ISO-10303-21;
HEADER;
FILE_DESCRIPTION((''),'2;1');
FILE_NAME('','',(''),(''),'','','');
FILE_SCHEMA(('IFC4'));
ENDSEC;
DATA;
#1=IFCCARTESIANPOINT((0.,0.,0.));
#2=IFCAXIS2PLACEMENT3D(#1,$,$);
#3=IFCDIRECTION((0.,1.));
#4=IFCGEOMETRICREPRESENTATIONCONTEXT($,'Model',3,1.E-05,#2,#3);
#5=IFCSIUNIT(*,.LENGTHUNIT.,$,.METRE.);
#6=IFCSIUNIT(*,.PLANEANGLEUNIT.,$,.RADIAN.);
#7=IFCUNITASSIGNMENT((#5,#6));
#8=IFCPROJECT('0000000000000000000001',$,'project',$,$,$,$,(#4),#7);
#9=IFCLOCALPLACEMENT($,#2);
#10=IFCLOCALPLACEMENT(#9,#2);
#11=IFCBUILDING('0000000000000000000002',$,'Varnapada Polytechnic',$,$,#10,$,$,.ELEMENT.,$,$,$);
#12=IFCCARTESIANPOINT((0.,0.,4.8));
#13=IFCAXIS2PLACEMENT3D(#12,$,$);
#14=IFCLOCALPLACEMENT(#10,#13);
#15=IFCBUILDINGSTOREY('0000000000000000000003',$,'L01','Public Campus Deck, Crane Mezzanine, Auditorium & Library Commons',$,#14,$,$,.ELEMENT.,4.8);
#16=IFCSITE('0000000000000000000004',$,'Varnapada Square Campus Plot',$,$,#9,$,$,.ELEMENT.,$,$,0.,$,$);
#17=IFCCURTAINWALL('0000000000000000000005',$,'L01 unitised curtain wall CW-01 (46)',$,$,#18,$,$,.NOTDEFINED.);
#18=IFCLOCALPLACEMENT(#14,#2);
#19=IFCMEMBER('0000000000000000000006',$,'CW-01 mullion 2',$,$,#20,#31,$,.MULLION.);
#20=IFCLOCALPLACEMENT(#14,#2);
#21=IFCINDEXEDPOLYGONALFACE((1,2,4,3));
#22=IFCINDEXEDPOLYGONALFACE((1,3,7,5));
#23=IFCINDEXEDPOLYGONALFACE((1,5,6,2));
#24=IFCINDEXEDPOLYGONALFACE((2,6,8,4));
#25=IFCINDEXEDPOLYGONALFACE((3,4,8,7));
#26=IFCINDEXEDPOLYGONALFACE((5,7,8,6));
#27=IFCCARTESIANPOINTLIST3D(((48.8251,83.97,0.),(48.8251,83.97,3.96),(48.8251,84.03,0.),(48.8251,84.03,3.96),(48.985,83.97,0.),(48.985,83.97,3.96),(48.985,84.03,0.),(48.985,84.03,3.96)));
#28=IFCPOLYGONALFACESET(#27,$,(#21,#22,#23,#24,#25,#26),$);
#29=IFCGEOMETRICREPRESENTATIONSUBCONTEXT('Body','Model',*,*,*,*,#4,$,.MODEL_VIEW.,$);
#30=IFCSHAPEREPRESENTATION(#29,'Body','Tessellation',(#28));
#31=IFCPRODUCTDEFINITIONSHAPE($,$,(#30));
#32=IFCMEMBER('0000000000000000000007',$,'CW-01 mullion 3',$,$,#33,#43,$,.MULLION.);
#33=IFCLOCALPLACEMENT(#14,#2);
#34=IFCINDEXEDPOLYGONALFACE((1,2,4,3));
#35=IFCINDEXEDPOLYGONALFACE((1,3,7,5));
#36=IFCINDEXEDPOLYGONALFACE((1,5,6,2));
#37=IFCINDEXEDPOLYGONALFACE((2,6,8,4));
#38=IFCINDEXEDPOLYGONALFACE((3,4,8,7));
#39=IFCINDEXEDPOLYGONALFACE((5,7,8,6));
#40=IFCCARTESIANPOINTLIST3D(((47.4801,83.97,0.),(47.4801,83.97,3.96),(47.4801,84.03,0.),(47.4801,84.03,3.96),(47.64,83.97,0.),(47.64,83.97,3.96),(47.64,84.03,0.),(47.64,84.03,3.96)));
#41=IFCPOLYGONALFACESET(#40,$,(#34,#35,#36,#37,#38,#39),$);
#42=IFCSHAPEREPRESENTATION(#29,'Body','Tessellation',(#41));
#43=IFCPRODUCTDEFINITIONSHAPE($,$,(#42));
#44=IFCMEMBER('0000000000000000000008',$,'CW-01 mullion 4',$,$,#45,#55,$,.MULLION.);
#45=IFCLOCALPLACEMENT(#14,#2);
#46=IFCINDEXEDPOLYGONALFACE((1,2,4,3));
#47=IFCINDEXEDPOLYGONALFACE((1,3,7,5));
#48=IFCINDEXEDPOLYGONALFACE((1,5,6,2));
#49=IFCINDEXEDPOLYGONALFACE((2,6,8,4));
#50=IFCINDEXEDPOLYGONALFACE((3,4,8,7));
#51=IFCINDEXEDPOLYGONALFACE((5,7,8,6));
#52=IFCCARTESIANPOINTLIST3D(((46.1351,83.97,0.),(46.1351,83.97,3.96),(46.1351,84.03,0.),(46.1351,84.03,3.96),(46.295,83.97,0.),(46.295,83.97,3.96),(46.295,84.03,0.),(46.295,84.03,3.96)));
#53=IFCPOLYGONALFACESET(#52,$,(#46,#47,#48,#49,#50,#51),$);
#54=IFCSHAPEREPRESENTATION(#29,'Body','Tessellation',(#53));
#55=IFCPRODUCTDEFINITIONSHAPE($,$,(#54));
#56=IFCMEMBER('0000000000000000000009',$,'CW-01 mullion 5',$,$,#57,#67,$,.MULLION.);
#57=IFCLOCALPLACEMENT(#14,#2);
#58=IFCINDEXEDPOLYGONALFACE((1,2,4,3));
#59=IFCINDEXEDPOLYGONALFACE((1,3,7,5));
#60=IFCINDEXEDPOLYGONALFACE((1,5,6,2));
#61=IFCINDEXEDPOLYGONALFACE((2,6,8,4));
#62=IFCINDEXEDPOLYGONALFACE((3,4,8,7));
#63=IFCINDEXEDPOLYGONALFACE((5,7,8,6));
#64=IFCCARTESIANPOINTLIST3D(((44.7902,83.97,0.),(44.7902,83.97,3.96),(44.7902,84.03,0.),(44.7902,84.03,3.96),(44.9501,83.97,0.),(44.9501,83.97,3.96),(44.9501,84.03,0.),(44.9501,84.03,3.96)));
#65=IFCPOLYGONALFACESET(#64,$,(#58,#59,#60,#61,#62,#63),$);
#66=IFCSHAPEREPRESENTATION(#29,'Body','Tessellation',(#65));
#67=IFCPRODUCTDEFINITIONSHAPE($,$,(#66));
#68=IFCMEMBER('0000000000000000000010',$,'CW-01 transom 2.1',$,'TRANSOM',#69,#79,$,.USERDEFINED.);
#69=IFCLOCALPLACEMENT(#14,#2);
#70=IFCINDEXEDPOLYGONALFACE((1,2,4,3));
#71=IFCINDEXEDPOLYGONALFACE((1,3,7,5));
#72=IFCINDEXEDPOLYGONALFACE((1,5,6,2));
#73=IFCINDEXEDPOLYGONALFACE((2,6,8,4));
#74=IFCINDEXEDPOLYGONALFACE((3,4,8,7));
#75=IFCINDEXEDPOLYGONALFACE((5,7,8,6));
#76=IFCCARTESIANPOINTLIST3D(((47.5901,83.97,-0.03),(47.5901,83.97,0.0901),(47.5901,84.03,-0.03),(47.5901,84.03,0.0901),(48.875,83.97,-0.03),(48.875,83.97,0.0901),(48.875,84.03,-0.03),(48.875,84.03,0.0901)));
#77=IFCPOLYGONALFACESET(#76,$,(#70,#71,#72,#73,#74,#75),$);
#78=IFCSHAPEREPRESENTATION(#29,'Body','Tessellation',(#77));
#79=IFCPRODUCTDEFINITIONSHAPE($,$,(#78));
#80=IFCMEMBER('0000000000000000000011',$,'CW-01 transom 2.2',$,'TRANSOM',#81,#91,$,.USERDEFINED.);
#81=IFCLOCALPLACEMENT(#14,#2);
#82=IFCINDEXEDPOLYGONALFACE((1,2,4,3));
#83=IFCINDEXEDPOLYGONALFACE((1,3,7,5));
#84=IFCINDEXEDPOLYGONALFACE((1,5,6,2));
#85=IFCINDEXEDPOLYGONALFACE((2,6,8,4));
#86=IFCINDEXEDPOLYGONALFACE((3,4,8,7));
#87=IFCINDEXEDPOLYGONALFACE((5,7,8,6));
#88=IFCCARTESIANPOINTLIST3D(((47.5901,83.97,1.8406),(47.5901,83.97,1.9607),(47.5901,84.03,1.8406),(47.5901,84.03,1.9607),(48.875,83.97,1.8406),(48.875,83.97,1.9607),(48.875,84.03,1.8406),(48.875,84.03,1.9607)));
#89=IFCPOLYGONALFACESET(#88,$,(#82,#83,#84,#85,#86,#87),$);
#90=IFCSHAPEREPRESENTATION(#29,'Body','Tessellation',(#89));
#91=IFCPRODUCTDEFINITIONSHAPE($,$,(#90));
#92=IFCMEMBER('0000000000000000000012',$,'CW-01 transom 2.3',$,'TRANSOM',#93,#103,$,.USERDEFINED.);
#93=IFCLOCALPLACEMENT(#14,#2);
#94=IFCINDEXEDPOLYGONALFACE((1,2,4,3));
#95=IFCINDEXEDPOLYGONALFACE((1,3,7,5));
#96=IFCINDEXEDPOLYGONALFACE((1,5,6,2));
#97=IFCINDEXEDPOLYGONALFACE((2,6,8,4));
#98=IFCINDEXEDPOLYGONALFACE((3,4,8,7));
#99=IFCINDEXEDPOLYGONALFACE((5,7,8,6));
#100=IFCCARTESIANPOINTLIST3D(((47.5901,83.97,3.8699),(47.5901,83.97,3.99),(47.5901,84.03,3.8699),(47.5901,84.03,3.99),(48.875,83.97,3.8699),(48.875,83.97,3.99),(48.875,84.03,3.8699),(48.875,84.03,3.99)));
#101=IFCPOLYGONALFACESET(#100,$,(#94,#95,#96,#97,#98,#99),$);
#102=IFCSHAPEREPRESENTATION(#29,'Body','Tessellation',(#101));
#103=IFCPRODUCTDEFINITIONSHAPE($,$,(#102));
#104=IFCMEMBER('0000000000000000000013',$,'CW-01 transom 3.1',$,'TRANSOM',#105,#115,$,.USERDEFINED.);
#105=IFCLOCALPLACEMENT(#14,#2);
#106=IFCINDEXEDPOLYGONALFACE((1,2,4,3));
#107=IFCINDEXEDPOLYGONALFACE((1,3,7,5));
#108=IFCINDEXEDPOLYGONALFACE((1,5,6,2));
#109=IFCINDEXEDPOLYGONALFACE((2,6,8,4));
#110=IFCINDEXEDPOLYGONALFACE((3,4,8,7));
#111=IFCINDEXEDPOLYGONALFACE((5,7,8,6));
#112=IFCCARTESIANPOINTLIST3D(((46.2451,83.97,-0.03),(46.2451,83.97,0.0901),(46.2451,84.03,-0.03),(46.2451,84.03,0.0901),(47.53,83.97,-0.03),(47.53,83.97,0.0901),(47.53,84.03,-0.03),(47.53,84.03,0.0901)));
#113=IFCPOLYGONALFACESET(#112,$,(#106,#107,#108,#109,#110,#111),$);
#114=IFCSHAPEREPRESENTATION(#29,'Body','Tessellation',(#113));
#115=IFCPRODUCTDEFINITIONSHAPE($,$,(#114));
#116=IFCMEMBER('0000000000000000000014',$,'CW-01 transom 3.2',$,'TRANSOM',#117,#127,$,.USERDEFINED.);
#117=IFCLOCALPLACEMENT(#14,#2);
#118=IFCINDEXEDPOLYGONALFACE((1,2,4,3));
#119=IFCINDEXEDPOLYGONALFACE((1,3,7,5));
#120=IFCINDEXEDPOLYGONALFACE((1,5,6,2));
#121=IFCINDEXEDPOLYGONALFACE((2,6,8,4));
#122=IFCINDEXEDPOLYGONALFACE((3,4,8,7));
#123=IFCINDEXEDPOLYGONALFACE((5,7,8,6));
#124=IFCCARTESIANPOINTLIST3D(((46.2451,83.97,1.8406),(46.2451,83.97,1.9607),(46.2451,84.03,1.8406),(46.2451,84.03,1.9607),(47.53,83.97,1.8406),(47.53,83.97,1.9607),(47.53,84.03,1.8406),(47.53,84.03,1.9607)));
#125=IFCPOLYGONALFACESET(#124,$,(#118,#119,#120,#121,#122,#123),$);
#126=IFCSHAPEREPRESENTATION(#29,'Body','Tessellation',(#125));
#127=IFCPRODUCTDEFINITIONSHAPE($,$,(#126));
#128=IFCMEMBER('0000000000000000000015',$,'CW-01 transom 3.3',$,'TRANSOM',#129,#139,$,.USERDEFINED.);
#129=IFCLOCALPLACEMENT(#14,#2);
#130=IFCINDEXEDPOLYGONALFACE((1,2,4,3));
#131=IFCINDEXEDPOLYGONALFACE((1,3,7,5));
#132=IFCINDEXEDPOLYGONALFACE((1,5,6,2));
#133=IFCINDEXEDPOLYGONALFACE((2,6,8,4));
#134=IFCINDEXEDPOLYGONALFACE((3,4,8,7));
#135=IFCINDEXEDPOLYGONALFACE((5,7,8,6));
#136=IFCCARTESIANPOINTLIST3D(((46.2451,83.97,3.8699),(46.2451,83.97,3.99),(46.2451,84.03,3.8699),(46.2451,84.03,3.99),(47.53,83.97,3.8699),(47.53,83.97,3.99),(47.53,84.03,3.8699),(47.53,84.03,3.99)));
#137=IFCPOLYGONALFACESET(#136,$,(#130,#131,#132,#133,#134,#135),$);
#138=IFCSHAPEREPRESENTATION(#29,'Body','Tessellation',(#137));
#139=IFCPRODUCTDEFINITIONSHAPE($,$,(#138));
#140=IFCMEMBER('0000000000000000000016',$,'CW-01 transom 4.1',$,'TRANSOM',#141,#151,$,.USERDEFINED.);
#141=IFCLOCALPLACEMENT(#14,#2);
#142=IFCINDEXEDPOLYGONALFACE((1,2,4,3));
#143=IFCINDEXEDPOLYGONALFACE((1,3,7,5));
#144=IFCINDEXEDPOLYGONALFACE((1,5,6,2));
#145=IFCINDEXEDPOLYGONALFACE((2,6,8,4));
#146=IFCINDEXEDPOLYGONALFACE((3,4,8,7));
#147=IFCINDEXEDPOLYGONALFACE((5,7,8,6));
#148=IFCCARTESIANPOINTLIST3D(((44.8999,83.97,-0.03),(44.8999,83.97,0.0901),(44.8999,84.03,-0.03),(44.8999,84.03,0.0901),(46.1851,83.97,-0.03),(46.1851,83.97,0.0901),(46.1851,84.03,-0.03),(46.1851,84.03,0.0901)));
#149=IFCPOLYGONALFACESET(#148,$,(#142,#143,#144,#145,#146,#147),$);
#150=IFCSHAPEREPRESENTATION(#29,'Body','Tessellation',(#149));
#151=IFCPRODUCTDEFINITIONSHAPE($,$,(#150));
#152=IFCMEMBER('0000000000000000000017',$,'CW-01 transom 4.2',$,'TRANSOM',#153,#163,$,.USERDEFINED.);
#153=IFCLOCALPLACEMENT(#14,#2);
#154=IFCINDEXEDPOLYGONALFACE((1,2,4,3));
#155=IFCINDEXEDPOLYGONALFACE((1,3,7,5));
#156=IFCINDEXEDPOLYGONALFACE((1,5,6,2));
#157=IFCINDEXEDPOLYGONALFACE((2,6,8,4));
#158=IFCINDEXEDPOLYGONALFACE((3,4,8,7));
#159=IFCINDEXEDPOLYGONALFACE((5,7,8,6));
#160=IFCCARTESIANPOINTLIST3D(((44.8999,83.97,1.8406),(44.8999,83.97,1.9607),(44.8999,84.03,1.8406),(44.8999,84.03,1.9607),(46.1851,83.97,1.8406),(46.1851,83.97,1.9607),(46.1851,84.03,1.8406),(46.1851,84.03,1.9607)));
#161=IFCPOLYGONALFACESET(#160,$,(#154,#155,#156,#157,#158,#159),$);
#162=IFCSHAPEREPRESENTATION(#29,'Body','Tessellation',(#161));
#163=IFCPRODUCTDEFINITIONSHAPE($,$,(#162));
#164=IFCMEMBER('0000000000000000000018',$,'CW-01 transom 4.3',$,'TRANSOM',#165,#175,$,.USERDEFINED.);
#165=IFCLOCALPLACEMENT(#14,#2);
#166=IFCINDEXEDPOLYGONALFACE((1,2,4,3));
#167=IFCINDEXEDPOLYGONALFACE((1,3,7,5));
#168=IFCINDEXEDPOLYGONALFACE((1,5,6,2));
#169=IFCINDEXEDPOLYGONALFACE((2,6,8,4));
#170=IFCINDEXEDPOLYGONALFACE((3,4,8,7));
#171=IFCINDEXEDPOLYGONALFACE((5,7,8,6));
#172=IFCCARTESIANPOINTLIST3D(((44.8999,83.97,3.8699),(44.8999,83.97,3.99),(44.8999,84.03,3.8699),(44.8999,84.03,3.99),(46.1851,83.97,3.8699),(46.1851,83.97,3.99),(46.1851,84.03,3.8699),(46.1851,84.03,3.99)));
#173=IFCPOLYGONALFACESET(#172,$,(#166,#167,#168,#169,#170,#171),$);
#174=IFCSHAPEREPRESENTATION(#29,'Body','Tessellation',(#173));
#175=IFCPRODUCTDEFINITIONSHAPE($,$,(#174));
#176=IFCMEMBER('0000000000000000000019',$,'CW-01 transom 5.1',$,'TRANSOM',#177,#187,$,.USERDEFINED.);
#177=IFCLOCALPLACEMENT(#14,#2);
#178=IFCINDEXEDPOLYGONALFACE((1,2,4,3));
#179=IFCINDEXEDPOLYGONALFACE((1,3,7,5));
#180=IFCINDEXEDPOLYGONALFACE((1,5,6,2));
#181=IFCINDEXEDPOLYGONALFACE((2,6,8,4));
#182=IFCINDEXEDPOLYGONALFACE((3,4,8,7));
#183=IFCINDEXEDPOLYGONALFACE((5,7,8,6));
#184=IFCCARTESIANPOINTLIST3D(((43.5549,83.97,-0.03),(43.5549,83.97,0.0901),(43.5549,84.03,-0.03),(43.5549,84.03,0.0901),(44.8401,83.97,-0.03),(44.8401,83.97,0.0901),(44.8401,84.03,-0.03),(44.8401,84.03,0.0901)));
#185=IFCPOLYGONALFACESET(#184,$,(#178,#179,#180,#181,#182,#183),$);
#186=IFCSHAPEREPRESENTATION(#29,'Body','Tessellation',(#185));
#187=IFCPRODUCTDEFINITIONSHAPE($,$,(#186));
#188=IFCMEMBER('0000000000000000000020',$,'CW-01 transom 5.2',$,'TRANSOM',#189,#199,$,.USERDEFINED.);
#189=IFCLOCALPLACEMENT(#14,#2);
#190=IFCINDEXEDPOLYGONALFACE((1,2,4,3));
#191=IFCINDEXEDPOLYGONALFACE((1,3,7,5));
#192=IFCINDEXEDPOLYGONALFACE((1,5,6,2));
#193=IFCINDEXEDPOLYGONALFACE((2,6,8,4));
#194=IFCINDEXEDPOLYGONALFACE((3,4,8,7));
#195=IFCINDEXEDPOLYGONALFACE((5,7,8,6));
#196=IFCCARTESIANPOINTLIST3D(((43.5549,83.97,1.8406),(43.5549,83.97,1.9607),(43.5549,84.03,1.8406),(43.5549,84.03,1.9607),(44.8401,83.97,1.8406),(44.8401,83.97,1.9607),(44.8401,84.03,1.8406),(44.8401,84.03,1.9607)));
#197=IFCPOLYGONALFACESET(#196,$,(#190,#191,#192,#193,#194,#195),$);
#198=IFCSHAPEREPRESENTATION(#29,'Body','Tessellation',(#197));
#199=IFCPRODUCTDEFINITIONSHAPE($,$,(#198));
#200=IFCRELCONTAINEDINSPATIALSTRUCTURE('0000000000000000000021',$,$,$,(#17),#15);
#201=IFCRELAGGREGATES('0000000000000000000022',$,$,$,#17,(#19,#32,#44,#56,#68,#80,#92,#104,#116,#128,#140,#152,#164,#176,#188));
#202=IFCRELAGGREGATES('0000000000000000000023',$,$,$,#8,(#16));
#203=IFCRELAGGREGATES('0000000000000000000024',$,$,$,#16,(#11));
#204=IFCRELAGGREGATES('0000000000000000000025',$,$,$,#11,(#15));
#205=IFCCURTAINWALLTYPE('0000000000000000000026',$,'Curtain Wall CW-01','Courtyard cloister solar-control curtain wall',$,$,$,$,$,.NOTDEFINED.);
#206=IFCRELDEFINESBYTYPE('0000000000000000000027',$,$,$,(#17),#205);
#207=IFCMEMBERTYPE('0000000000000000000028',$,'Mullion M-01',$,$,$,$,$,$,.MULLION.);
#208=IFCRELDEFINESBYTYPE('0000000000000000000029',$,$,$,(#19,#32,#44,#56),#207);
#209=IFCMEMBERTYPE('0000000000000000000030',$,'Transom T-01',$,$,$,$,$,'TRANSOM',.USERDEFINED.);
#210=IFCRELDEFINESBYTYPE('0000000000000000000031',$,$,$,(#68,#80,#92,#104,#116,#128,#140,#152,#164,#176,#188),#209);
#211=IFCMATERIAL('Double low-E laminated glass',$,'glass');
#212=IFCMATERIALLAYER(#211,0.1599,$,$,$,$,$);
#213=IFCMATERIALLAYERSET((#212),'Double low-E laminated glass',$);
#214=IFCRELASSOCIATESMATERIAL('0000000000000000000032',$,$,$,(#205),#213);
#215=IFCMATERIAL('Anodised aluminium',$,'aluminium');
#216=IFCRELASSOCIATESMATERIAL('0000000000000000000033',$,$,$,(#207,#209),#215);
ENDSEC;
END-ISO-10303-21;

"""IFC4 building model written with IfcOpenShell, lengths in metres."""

from ifc_helpers import new_model, si_unit, direction, frame, origin, origin_2d, place, context, subcontext, project, spatial, rectangle, extrude, material, layer, layer_set, material_profile, profile_set, type_object, element, aggregate, save


model = new_model("IFC4")

# Units and contexts
model_context = context("Model", 3, precision=1e-05, world=origin(), true_north=direction((0.0, 1.0)))
body_context = subcontext(model_context, "Body", "Model", "MODEL_VIEW")
ifc_project = project(units=[si_unit("LENGTHUNIT", "METRE"), si_unit("PLANEANGLEUNIT", "RADIAN")], contexts=[model_context])

# Site, building, storey
site_placement = place(None, origin())
site = spatial("IfcSite", under=ifc_project, at=site_placement, Name="Varnapada Square Campus Plot", CompositionType="ELEMENT", RefElevation=0.0)
building_placement = place(site_placement, origin())
building = spatial("IfcBuilding", under=site, at=building_placement, Name="Varnapada Polytechnic", CompositionType="ELEMENT")
storey_placement = place(building_placement, frame((0.0, 0.0, 4.8)))
storey = spatial("IfcBuildingStorey", under=building, at=storey_placement, Name="L01", Description="Public Campus Deck, Crane Mezzanine, Auditorium & Library Commons", CompositionType="ELEMENT", Elevation=4.8)

# Curtain wall, members
ifc_material_1 = material(Name="Double low-E laminated glass", Category="glass")
ifc_layer_1 = layer(ifc_material_1, 0.1599)
ifc_layer_set_1 = layer_set([ifc_layer_1], Name="Double low-E laminated glass")
curtain_wall_type = type_object("IfcCurtainWallType", Name="Curtain Wall CW-01", Description="Courtyard cloister solar-control curtain wall", PredefinedType="NOTDEFINED", material=ifc_layer_set_1)
curtain_wall_placement = place(storey_placement, origin())
curtain_wall = element("IfcCurtainWall", 1, at=curtain_wall_placement, inside=storey, type_object=curtain_wall_type, Name="L01 unitised curtain wall CW-01 (46)", PredefinedType="NOTDEFINED")
ifc_material_2 = material(Name="Anodised aluminium", Category="aluminium")
ifc_material_profile_1 = material_profile(ifc_material_2, rectangle(XDim=0.0601, YDim=0.1599, at=origin_2d()), Name="ALU M60x160")
ifc_profile_set_1 = profile_set([ifc_material_profile_1], Name="Anodised aluminium")
member_type_1 = type_object("IfcMemberType", Name="Mullion M-01", PredefinedType="MULLION", material=ifc_profile_set_1)
member_1_placement = place(storey_placement, frame((48.905, 84.0, 0.0), z_axis=(0.0, 0.0, 1.0), x_axis=(0.0, -1.0, 0.0)))
member_1 = element("IfcMember", 2, at=member_1_placement, type_object=member_type_1, Name="CW-01 mullion 2", PredefinedType="MULLION", context=body_context, shape_type="SweptSolid", body=[
    extrude(rectangle(XDim=0.0601, YDim=0.1599, at=origin_2d()), origin(), (0.0, 0.0, 1.0), 3.96),
])
member_2_placement = place(storey_placement, frame((47.5601, 84.0, 0.0), z_axis=(0.0, 0.0, 1.0), x_axis=(0.0, -1.0, 0.0)))
member_2 = element("IfcMember", 3, at=member_2_placement, type_object=member_type_1, Name="CW-01 mullion 3", PredefinedType="MULLION", context=body_context, shape_type="SweptSolid", body=[
    extrude(rectangle(XDim=0.0601, YDim=0.1599, at=origin_2d()), origin(), (0.0, 0.0, 1.0), 3.96),
])
member_3_placement = place(storey_placement, frame((46.2151, 84.0, 0.0), z_axis=(0.0, 0.0, 1.0), x_axis=(0.0, -1.0, 0.0)))
member_3 = element("IfcMember", 4, at=member_3_placement, type_object=member_type_1, Name="CW-01 mullion 4", PredefinedType="MULLION", context=body_context, shape_type="SweptSolid", body=[
    extrude(rectangle(XDim=0.0601, YDim=0.1599, at=origin_2d()), origin(), (0.0, 0.0, 1.0), 3.96),
])
member_4_placement = place(storey_placement, frame((44.8701, 84.0, 0.0), z_axis=(0.0, 0.0, 1.0), x_axis=(0.0, -1.0, 0.0)))
member_4 = element("IfcMember", 5, at=member_4_placement, type_object=member_type_1, Name="CW-01 mullion 5", PredefinedType="MULLION", context=body_context, shape_type="SweptSolid", body=[
    extrude(rectangle(XDim=0.0601, YDim=0.1599, at=origin_2d()), origin(), (0.0, 0.0, 1.0), 3.96),
])
ifc_material_profile_2 = material_profile(ifc_material_2, rectangle(XDim=0.0601, YDim=0.1201, at=origin_2d()), Name="ALU T60x120")
ifc_profile_set_2 = profile_set([ifc_material_profile_2], Name="Anodised aluminium")
member_type_2 = type_object("IfcMemberType", Name="Transom T-01", ElementType="TRANSOM", PredefinedType="USERDEFINED", material=ifc_profile_set_2)
member_5_placement = place(storey_placement, frame((48.875, 84.0, 0.03), z_axis=(-1.0, 0.0, 0.0), x_axis=(0.0, -1.0, 0.0)))
member_5 = element("IfcMember", 6, at=member_5_placement, type_object=member_type_2, Name="CW-01 transom 2.1", ObjectType="TRANSOM", PredefinedType="USERDEFINED", context=body_context, shape_type="SweptSolid", body=[
    extrude(rectangle(XDim=0.0601, YDim=0.1201, at=origin_2d()), origin(), (0.0, 0.0, 1.0), 1.2849),
])
member_6_placement = place(storey_placement, frame((48.875, 84.0, 1.9006), z_axis=(-1.0, 0.0, 0.0), x_axis=(0.0, -1.0, 0.0)))
member_6 = element("IfcMember", 7, at=member_6_placement, type_object=member_type_2, Name="CW-01 transom 2.2", ObjectType="TRANSOM", PredefinedType="USERDEFINED", context=body_context, shape_type="SweptSolid", body=[
    extrude(rectangle(XDim=0.0601, YDim=0.1201, at=origin_2d()), origin(), (0.0, 0.0, 1.0), 1.2849),
])
member_7_placement = place(storey_placement, frame((48.875, 84.0, 3.9299), z_axis=(-1.0, 0.0, 0.0), x_axis=(0.0, -1.0, 0.0)))
member_7 = element("IfcMember", 8, at=member_7_placement, type_object=member_type_2, Name="CW-01 transom 2.3", ObjectType="TRANSOM", PredefinedType="USERDEFINED", context=body_context, shape_type="SweptSolid", body=[
    extrude(rectangle(XDim=0.0601, YDim=0.1201, at=origin_2d()), origin(), (0.0, 0.0, 1.0), 1.2849),
])
member_8_placement = place(storey_placement, frame((47.53, 84.0, 0.03), z_axis=(-1.0, 0.0, 0.0), x_axis=(0.0, -1.0, 0.0)))
member_8 = element("IfcMember", 9, at=member_8_placement, type_object=member_type_2, Name="CW-01 transom 3.1", ObjectType="TRANSOM", PredefinedType="USERDEFINED", context=body_context, shape_type="SweptSolid", body=[
    extrude(rectangle(XDim=0.0601, YDim=0.1201, at=origin_2d()), origin(), (0.0, 0.0, 1.0), 1.2849),
])
member_9_placement = place(storey_placement, frame((47.53, 84.0, 1.9006), z_axis=(-1.0, 0.0, 0.0), x_axis=(0.0, -1.0, 0.0)))
member_9 = element("IfcMember", 10, at=member_9_placement, type_object=member_type_2, Name="CW-01 transom 3.2", ObjectType="TRANSOM", PredefinedType="USERDEFINED", context=body_context, shape_type="SweptSolid", body=[
    extrude(rectangle(XDim=0.0601, YDim=0.1201, at=origin_2d()), origin(), (0.0, 0.0, 1.0), 1.2849),
])
member_10_placement = place(storey_placement, frame((47.53, 84.0, 3.9299), z_axis=(-1.0, 0.0, 0.0), x_axis=(0.0, -1.0, 0.0)))
member_10 = element("IfcMember", 11, at=member_10_placement, type_object=member_type_2, Name="CW-01 transom 3.3", ObjectType="TRANSOM", PredefinedType="USERDEFINED", context=body_context, shape_type="SweptSolid", body=[
    extrude(rectangle(XDim=0.0601, YDim=0.1201, at=origin_2d()), origin(), (0.0, 0.0, 1.0), 1.2849),
])
member_11_placement = place(storey_placement, frame((46.1851, 84.0, 0.03), z_axis=(-1.0, 0.0, 0.0), x_axis=(0.0, -1.0, 0.0)))
member_11 = element("IfcMember", 12, at=member_11_placement, type_object=member_type_2, Name="CW-01 transom 4.1", ObjectType="TRANSOM", PredefinedType="USERDEFINED", context=body_context, shape_type="SweptSolid", body=[
    extrude(rectangle(XDim=0.0601, YDim=0.1201, at=origin_2d()), origin(), (0.0, 0.0, 1.0), 1.2852),
])
member_12_placement = place(storey_placement, frame((46.1851, 84.0, 1.9006), z_axis=(-1.0, 0.0, 0.0), x_axis=(0.0, -1.0, 0.0)))
member_12 = element("IfcMember", 13, at=member_12_placement, type_object=member_type_2, Name="CW-01 transom 4.2", ObjectType="TRANSOM", PredefinedType="USERDEFINED", context=body_context, shape_type="SweptSolid", body=[
    extrude(rectangle(XDim=0.0601, YDim=0.1201, at=origin_2d()), origin(), (0.0, 0.0, 1.0), 1.2852),
])
member_13_placement = place(storey_placement, frame((46.1851, 84.0, 3.9299), z_axis=(-1.0, 0.0, 0.0), x_axis=(0.0, -1.0, 0.0)))
member_13 = element("IfcMember", 14, at=member_13_placement, type_object=member_type_2, Name="CW-01 transom 4.3", ObjectType="TRANSOM", PredefinedType="USERDEFINED", context=body_context, shape_type="SweptSolid", body=[
    extrude(rectangle(XDim=0.0601, YDim=0.1201, at=origin_2d()), origin(), (0.0, 0.0, 1.0), 1.2852),
])
member_14_placement = place(storey_placement, frame((44.8401, 84.0, 0.03), z_axis=(-1.0, 0.0, 0.0), x_axis=(0.0, -1.0, 0.0)))
member_14 = element("IfcMember", 15, at=member_14_placement, type_object=member_type_2, Name="CW-01 transom 5.1", ObjectType="TRANSOM", PredefinedType="USERDEFINED", context=body_context, shape_type="SweptSolid", body=[
    extrude(rectangle(XDim=0.0601, YDim=0.1201, at=origin_2d()), origin(), (0.0, 0.0, 1.0), 1.2852),
])
member_15_placement = place(storey_placement, frame((44.8401, 84.0, 1.9006), z_axis=(-1.0, 0.0, 0.0), x_axis=(0.0, -1.0, 0.0)))
member_15 = element("IfcMember", 16, at=member_15_placement, type_object=member_type_2, Name="CW-01 transom 5.2", ObjectType="TRANSOM", PredefinedType="USERDEFINED", context=body_context, shape_type="SweptSolid", body=[
    extrude(rectangle(XDim=0.0601, YDim=0.1201, at=origin_2d()), origin(), (0.0, 0.0, 1.0), 1.2852),
])
aggregate(curtain_wall, [member_1, member_2, member_3, member_4, member_5, member_6, member_7, member_8, member_9, member_10, member_11, member_12, member_13, member_14, member_15])

save(model, "model.ifc")
